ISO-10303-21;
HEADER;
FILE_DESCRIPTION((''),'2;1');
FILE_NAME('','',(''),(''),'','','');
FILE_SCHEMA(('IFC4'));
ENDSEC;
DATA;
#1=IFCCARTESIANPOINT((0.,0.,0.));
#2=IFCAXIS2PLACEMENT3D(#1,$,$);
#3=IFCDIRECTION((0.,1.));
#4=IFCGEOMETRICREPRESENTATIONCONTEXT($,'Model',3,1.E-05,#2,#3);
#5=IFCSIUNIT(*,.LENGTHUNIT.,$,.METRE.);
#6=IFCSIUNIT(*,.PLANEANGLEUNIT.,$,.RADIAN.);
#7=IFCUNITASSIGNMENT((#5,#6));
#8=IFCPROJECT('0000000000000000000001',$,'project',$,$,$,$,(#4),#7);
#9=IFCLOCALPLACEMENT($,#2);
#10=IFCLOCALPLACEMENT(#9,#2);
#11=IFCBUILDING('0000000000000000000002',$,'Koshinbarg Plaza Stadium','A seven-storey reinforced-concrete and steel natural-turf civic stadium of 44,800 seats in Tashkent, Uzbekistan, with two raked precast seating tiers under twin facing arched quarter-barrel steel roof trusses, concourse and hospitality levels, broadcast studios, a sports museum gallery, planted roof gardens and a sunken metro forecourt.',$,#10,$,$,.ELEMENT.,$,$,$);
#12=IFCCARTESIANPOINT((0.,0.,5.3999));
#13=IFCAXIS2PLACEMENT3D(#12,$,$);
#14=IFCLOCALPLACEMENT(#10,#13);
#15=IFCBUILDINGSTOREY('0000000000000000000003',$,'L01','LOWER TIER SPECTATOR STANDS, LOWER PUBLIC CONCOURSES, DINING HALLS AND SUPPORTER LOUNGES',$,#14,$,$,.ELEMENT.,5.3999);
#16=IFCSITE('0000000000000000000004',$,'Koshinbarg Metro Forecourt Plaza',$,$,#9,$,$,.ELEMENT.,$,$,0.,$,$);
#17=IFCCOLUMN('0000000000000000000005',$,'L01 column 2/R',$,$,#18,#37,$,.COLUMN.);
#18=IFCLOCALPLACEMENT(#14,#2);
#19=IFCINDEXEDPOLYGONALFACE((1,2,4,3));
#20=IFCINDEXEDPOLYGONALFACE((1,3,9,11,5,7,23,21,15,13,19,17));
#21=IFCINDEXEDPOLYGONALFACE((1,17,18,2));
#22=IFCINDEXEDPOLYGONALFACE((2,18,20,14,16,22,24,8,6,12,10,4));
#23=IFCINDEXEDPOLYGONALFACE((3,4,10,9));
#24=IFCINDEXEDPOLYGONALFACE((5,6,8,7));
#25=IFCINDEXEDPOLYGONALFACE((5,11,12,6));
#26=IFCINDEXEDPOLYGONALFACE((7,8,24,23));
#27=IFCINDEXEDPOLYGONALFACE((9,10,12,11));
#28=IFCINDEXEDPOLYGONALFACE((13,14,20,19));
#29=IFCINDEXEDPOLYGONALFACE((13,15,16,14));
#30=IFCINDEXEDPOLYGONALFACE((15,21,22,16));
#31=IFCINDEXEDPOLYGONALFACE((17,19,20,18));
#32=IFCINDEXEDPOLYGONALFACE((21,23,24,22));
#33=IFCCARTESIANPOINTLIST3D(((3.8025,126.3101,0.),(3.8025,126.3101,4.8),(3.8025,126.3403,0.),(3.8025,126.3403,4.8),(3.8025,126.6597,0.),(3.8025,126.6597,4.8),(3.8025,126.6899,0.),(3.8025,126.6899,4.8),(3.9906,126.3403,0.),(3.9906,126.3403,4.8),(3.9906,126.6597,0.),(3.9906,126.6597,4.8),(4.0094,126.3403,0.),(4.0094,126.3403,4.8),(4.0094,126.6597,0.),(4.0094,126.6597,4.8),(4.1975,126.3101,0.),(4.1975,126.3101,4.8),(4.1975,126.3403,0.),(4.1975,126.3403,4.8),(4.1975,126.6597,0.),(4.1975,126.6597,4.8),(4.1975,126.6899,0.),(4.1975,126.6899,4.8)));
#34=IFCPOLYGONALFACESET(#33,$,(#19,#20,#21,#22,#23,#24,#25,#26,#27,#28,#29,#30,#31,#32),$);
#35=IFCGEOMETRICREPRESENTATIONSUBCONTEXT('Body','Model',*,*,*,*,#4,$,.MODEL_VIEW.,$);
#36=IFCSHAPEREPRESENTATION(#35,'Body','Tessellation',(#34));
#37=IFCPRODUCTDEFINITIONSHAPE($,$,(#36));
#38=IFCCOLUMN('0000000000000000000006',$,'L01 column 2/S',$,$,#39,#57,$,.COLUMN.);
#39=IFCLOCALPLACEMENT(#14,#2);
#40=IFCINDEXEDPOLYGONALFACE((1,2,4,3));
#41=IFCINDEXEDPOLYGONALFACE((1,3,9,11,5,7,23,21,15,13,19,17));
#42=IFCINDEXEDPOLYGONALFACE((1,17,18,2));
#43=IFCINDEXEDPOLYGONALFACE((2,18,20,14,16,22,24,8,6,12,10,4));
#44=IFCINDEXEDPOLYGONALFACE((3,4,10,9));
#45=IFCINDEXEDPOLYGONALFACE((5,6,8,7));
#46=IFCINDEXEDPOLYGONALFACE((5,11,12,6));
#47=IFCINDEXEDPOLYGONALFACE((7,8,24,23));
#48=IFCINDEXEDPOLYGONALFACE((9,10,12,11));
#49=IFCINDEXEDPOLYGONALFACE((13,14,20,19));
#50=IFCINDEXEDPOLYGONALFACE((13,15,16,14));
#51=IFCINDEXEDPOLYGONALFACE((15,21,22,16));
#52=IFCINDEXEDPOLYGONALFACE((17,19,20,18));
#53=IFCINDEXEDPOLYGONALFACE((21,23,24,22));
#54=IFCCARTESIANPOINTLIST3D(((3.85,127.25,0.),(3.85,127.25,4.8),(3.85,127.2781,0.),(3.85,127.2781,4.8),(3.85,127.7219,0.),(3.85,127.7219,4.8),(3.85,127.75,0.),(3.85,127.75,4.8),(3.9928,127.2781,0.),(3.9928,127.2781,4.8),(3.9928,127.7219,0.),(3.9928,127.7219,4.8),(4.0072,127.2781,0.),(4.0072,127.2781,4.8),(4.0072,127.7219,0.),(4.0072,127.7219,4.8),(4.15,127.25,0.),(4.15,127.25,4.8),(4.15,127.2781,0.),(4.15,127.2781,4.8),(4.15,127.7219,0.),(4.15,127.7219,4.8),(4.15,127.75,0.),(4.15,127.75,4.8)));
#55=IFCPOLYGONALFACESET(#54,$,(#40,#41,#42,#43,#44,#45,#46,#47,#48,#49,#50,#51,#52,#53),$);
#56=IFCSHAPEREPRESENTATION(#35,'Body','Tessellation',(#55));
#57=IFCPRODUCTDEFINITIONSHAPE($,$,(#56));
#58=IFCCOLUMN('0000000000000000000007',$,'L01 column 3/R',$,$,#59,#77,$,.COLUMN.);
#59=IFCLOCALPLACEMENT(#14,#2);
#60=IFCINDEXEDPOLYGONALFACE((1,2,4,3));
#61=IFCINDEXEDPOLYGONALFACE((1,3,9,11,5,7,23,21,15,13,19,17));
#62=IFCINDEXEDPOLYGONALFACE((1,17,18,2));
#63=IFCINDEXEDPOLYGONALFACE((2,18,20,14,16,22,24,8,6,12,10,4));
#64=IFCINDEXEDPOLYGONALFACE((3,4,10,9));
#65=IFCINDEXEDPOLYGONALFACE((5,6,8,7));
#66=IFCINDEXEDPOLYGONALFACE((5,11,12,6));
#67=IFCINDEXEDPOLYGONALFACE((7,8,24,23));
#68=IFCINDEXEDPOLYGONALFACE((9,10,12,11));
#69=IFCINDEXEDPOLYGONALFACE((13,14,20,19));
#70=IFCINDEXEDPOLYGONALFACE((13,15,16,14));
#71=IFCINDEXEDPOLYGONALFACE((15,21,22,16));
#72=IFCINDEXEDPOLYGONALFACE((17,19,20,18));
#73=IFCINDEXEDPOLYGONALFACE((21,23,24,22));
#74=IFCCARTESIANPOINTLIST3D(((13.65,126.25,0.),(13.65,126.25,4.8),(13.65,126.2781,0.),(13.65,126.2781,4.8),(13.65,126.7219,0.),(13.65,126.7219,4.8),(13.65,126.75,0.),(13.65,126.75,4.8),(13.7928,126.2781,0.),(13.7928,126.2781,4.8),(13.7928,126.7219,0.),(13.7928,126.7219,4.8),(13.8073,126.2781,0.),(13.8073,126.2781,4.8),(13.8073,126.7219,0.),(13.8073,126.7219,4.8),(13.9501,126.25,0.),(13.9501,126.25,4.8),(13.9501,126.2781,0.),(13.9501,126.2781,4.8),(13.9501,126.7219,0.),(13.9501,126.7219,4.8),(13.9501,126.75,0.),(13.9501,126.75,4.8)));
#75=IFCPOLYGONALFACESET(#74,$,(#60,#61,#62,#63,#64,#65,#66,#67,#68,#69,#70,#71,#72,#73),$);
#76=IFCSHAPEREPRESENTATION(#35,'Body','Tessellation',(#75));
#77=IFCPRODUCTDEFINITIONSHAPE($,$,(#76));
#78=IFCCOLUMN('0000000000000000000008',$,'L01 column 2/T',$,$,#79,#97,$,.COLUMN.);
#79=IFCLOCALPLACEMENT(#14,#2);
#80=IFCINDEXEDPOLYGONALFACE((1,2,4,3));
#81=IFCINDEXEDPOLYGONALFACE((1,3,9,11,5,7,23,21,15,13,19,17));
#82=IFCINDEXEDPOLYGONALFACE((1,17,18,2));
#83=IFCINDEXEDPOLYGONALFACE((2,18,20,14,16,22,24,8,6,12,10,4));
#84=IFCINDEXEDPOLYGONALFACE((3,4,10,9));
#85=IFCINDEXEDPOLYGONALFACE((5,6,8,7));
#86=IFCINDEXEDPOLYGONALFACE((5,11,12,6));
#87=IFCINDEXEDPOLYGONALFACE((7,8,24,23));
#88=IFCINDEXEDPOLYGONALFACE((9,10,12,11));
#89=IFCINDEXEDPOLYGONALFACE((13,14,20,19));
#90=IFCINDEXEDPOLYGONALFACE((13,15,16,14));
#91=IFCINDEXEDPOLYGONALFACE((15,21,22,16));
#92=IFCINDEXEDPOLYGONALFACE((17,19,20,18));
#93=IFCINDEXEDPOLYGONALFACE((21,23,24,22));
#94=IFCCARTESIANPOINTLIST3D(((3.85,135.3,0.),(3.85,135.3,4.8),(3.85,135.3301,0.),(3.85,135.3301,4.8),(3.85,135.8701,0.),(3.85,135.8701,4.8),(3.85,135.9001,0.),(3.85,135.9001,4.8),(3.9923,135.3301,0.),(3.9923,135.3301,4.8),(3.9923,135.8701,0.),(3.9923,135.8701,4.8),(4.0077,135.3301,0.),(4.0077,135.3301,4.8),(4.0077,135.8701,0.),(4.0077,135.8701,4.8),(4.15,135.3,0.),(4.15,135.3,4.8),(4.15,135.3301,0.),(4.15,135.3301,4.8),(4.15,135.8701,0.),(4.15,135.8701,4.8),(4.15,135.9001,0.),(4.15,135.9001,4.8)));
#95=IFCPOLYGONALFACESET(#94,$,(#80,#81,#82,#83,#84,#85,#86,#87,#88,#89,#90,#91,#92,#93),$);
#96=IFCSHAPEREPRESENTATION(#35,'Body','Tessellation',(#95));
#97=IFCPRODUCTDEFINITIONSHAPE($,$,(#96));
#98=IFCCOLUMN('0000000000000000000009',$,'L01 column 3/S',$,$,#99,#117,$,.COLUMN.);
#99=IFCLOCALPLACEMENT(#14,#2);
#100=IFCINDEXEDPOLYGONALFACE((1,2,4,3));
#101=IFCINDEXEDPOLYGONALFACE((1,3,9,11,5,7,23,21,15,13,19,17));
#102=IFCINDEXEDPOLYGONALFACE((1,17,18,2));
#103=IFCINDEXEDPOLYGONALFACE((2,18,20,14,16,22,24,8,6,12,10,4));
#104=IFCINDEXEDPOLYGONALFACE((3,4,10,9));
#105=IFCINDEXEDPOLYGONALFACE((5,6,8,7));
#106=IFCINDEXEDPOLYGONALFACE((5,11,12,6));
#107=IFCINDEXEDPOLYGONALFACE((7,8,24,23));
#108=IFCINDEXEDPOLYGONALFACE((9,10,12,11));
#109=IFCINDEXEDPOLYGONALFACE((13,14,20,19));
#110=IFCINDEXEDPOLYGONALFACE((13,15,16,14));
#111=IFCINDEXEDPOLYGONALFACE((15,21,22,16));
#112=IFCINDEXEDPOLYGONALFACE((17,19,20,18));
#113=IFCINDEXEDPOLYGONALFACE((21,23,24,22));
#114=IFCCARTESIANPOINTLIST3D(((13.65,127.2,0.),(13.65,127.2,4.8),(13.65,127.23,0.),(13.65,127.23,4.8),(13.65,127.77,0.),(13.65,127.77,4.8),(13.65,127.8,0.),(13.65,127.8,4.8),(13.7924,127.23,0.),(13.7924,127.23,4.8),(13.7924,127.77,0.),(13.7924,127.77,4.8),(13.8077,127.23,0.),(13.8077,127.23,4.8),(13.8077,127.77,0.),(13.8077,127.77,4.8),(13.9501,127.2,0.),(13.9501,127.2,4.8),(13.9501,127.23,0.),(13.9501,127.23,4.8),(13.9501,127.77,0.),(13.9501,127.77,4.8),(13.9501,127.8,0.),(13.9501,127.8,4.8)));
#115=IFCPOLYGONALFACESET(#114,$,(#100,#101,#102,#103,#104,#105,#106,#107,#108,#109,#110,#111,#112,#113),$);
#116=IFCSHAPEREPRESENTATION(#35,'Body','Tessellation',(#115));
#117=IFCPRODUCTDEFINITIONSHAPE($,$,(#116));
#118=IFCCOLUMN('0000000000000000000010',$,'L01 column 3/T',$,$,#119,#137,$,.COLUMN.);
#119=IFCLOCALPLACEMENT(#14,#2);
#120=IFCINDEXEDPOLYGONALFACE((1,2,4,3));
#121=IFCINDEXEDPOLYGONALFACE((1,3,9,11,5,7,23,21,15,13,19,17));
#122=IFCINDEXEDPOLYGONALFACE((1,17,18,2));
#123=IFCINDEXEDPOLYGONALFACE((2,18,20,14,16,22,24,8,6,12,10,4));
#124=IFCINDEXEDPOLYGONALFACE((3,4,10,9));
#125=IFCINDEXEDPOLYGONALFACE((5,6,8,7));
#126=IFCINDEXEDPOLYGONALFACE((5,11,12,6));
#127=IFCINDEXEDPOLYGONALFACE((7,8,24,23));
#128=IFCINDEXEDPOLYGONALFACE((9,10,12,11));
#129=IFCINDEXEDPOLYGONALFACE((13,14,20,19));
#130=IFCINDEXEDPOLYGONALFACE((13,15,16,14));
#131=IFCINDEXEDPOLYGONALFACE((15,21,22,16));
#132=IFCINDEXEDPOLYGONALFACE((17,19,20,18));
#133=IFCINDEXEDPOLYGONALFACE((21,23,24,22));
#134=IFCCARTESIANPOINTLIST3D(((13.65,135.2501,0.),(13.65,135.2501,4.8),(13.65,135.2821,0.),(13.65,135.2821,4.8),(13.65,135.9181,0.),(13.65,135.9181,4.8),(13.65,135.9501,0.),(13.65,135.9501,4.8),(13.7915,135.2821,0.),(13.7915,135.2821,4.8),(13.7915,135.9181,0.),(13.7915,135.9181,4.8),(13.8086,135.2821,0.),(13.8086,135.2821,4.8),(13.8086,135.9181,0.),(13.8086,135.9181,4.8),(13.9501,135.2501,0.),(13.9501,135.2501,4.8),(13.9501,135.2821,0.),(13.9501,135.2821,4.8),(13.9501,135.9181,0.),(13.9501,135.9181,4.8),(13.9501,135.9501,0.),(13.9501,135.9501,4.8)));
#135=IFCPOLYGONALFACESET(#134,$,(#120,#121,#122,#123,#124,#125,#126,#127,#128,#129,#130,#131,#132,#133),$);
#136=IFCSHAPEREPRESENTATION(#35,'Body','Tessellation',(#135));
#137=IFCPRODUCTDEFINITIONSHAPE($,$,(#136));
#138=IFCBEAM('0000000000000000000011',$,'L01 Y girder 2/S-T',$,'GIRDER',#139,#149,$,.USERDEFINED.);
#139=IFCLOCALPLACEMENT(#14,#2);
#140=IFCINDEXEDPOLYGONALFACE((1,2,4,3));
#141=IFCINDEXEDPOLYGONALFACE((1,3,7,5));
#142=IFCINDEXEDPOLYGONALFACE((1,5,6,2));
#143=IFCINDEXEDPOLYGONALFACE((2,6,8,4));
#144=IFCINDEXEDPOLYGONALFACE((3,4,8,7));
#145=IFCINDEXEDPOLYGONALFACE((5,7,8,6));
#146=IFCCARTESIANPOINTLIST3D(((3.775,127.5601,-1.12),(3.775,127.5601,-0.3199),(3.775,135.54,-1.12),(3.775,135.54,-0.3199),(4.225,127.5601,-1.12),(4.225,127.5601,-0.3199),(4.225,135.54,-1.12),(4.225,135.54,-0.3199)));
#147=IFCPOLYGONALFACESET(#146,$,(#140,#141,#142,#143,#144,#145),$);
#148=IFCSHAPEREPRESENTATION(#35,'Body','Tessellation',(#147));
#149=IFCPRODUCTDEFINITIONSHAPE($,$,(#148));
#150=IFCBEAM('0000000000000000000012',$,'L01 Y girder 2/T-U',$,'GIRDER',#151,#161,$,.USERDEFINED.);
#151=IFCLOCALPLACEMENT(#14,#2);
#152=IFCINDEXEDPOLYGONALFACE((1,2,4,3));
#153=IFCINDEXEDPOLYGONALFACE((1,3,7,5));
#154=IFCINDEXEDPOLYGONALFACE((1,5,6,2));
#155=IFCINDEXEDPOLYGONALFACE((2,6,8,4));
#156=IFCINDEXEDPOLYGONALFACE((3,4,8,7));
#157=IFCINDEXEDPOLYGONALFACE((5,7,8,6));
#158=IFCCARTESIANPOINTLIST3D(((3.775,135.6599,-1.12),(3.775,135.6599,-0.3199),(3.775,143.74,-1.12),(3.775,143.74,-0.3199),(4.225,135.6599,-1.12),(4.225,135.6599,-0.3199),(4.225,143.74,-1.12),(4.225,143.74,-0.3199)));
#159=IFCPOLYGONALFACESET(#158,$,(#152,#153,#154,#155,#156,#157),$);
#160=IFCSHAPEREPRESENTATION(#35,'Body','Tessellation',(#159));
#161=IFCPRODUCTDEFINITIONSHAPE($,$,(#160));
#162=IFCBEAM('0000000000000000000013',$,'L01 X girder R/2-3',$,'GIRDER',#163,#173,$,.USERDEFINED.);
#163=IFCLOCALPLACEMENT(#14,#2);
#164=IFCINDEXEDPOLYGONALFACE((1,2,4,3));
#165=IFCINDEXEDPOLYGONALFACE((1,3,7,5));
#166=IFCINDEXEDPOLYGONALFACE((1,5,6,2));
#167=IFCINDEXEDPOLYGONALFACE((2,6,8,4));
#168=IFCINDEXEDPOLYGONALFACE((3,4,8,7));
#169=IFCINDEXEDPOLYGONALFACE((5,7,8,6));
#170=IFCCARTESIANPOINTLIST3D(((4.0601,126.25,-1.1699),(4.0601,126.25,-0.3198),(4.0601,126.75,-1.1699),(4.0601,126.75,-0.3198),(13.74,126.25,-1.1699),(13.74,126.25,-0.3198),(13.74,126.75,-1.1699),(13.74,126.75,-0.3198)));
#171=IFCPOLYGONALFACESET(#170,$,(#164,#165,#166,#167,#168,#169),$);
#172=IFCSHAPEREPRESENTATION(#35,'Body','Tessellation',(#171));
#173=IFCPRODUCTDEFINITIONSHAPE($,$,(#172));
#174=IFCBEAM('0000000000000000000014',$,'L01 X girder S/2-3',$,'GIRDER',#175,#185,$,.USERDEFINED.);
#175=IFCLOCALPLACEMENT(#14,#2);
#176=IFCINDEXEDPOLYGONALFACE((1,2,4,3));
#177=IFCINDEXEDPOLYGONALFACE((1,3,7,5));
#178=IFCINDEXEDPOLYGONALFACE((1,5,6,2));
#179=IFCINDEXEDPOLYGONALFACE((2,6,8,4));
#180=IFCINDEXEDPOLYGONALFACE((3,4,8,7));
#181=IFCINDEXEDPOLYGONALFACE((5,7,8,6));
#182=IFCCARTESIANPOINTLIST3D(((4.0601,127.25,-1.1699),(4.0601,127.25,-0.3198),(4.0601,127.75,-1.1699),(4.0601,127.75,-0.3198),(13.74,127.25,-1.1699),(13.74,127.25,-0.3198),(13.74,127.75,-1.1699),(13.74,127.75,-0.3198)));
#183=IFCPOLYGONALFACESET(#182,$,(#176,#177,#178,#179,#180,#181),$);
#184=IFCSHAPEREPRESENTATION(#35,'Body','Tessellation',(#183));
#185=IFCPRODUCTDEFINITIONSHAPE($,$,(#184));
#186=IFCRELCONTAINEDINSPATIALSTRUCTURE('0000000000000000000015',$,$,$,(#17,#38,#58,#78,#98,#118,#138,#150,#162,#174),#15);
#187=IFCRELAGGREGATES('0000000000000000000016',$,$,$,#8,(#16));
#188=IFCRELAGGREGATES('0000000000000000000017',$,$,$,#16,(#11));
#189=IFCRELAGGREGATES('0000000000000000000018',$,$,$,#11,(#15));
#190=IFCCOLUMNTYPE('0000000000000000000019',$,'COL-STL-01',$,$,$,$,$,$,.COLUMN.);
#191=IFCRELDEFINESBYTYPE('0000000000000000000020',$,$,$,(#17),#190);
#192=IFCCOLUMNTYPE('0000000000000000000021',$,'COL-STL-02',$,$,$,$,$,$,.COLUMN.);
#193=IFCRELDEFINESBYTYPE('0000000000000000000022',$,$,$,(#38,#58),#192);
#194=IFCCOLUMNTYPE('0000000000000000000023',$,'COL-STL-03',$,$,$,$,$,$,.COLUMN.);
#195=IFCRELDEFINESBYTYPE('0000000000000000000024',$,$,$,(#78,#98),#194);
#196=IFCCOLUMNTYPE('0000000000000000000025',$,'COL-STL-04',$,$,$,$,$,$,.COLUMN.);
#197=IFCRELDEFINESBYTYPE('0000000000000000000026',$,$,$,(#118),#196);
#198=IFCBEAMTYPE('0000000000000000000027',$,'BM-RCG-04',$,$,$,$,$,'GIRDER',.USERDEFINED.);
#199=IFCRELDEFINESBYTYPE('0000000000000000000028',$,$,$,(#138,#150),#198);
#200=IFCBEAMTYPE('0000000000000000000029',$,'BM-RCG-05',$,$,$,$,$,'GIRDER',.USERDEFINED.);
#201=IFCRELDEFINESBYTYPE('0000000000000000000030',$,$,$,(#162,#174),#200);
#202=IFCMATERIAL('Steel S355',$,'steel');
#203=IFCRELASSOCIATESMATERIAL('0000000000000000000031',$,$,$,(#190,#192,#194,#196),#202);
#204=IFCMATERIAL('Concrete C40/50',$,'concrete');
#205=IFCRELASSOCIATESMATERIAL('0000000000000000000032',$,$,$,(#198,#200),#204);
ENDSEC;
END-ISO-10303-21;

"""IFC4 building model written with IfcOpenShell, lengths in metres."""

from ifc_helpers import new_model, si_unit, direction, frame, origin, origin_2d, place, context, subcontext, project, spatial, rectangle, i_section, extrude, material, material_profile, profile_set, type_object, element, save


model = new_model("IFC4")

# Units and contexts
model_context = context("Model", 3, precision=1e-05, world=origin(), true_north=direction((0.0, 1.0)))
body_context = subcontext(model_context, "Body", "Model", "MODEL_VIEW")
ifc_project = project(units=[si_unit("LENGTHUNIT", "METRE"), si_unit("PLANEANGLEUNIT", "RADIAN")], contexts=[model_context])

# Site, building, storey
site_placement = place(None, origin())
site = spatial("IfcSite", under=ifc_project, at=site_placement, Name="Koshinbarg Metro Forecourt Plaza", CompositionType="ELEMENT", RefElevation=0.0)
building_placement = place(site_placement, origin())
building = spatial("IfcBuilding", under=site, at=building_placement, Name="Koshinbarg Plaza Stadium", Description="A seven-storey reinforced-concrete and steel natural-turf civic stadium of 44,800 seats in Tashkent, Uzbekistan, with two raked precast seating tiers under twin facing arched quarter-barrel steel roof trusses, concourse and hospitality levels, broadcast studios, a sports museum gallery, planted roof gardens and a sunken metro forecourt.", CompositionType="ELEMENT")
storey_placement = place(building_placement, frame((0.0, 0.0, 5.3999)))
storey = spatial("IfcBuildingStorey", under=building, at=storey_placement, Name="L01", Description="LOWER TIER SPECTATOR STANDS, LOWER PUBLIC CONCOURSES, DINING HALLS AND SUPPORTER LOUNGES", CompositionType="ELEMENT", Elevation=5.3999)

# Columns
ifc_material_1 = material(Name="Steel S355", Category="steel")
ifc_material_profile_1 = material_profile(ifc_material_1, i_section(OverallWidth=0.395, OverallDepth=0.3799, WebThickness=0.0188, FlangeThickness=0.0303, at=origin_2d()), Name="HD 400x237")
ifc_profile_set_1 = profile_set([ifc_material_profile_1], Name="Steel S355")
column_type_1 = type_object("IfcColumnType", Name="COL-STL-01", PredefinedType="COLUMN", material=ifc_profile_set_1)
column_1_placement = place(storey_placement, frame((4.0, 126.5, 0.0), z_axis=(0.0, 0.0, 1.0), x_axis=(1.0, 0.0, 0.0)))
element("IfcColumn", 1, at=column_1_placement, inside=storey, type_object=column_type_1, Name="L01 column 2/R", PredefinedType="COLUMN", context=body_context, shape_type="SweptSolid", body=[
    extrude(i_section(OverallWidth=0.395, OverallDepth=0.3799, WebThickness=0.0188, FlangeThickness=0.0303, at=origin_2d()), origin(), (0.0, 0.0, 1.0), 4.8),
])
ifc_material_profile_2 = material_profile(ifc_material_1, i_section(OverallWidth=0.3, OverallDepth=0.5, WebThickness=0.0144, FlangeThickness=0.0281, at=origin_2d()), Name="HEB 500")
ifc_profile_set_2 = profile_set([ifc_material_profile_2], Name="Steel S355")
column_type_2 = type_object("IfcColumnType", Name="COL-STL-02", PredefinedType="COLUMN", material=ifc_profile_set_2)
for number, where, z_axis, x_axis, name in (
    (2, (4.0, 127.5, 0.0), (0.0, 0.0, 1.0), (1.0, 0.0, 0.0), "L01 column 2/S"),
    (3, (13.8, 126.5, 0.0), (0.0, 0.0, 1.0), (1.0, 0.0, 0.0), "L01 column 3/R"),
):
    element("IfcColumn", number, at=place(storey_placement, frame(where, z_axis=z_axis, x_axis=x_axis)), inside=storey, type_object=column_type_2, Name=name, PredefinedType="COLUMN", context=body_context, shape_type="SweptSolid", body=[
        extrude(i_section(OverallWidth=0.3, OverallDepth=0.5, WebThickness=0.0144, FlangeThickness=0.0281, at=origin_2d()), origin(), (0.0, 0.0, 1.0), 4.8),
    ])
ifc_material_profile_3 = material_profile(ifc_material_1, i_section(OverallWidth=0.3, OverallDepth=0.6001, WebThickness=0.0154, FlangeThickness=0.03, at=origin_2d()), Name="HEB 600")
ifc_profile_set_3 = profile_set([ifc_material_profile_3], Name="Steel S355")
column_type_3 = type_object("IfcColumnType", Name="COL-STL-03", PredefinedType="COLUMN", material=ifc_profile_set_3)
for number, where, z_axis, x_axis, name in (
    (4, (4.0, 135.6001, 0.0), (0.0, 0.0, 1.0), (1.0, 0.0, 0.0), "L01 column 2/T"),
    (5, (13.8, 127.5, 0.0), (0.0, 0.0, 1.0), (1.0, 0.0, 0.0), "L01 column 3/S"),
):
    element("IfcColumn", number, at=place(storey_placement, frame(where, z_axis=z_axis, x_axis=x_axis)), inside=storey, type_object=column_type_3, Name=name, PredefinedType="COLUMN", context=body_context, shape_type="SweptSolid", body=[
        extrude(i_section(OverallWidth=0.3, OverallDepth=0.6001, WebThickness=0.0154, FlangeThickness=0.03, at=origin_2d()), origin(), (0.0, 0.0, 1.0), 4.8),
    ])
ifc_material_profile_4 = material_profile(ifc_material_1, i_section(OverallWidth=0.3, OverallDepth=0.7, WebThickness=0.0171, FlangeThickness=0.032, at=origin_2d()), Name="HEB 700")
ifc_profile_set_4 = profile_set([ifc_material_profile_4], Name="Steel S355")
column_type_4 = type_object("IfcColumnType", Name="COL-STL-04", PredefinedType="COLUMN", material=ifc_profile_set_4)
column_2_placement = place(storey_placement, frame((13.8, 135.6001, 0.0), z_axis=(0.0, 0.0, 1.0), x_axis=(1.0, 0.0, 0.0)))
element("IfcColumn", 6, at=column_2_placement, inside=storey, type_object=column_type_4, Name="L01 column 3/T", PredefinedType="COLUMN", context=body_context, shape_type="SweptSolid", body=[
    extrude(i_section(OverallWidth=0.3, OverallDepth=0.7, WebThickness=0.0171, FlangeThickness=0.032, at=origin_2d()), origin(), (0.0, 0.0, 1.0), 4.8),
])

# Beams
ifc_material_2 = material(Name="Concrete C40/50", Category="concrete")
ifc_material_profile_5 = material_profile(ifc_material_2, rectangle(XDim=0.45, YDim=0.8, at=origin_2d()), Name="RC 450x800")
ifc_profile_set_5 = profile_set([ifc_material_profile_5], Name="Concrete C40/50")
beam_type_1 = type_object("IfcBeamType", Name="BM-RCG-04", ElementType="GIRDER", PredefinedType="USERDEFINED", material=ifc_profile_set_5)
beam_1_placement = place(storey_placement, frame((4.0, 127.5601, -0.72), z_axis=(0.0, 1.0, 0.0), x_axis=(-1.0, 0.0, 0.0)))
element("IfcBeam", 7, at=beam_1_placement, inside=storey, type_object=beam_type_1, Name="L01 Y girder 2/S-T", ObjectType="GIRDER", PredefinedType="USERDEFINED", context=body_context, shape_type="SweptSolid", body=[
    extrude(rectangle(XDim=0.45, YDim=0.8, at=origin_2d()), origin(), (0.0, 0.0, 1.0), 7.98),
])
beam_2_placement = place(storey_placement, frame((4.0, 135.6599, -0.72), z_axis=(0.0, 1.0, 0.0), x_axis=(-1.0, 0.0, 0.0)))
element("IfcBeam", 8, at=beam_2_placement, inside=storey, type_object=beam_type_1, Name="L01 Y girder 2/T-U", ObjectType="GIRDER", PredefinedType="USERDEFINED", context=body_context, shape_type="SweptSolid", body=[
    extrude(rectangle(XDim=0.45, YDim=0.8, at=origin_2d()), origin(), (0.0, 0.0, 1.0), 8.0801),
])
ifc_material_profile_6 = material_profile(ifc_material_2, rectangle(XDim=0.5, YDim=0.8501, at=origin_2d()), Name="RC 500x850")
ifc_profile_set_6 = profile_set([ifc_material_profile_6], Name="Concrete C40/50")
beam_type_2 = type_object("IfcBeamType", Name="BM-RCG-05", ElementType="GIRDER", PredefinedType="USERDEFINED", material=ifc_profile_set_6)
for number, where, z_axis, x_axis, name in (
    (9, (4.0601, 126.5, -0.7449), (1.0, 0.0, 0.0), (0.0, 1.0, 0.0), "L01 X girder R/2-3"),
    (10, (4.0601, 127.5, -0.7449), (1.0, 0.0, 0.0), (0.0, 1.0, 0.0), "L01 X girder S/2-3"),
):
    element("IfcBeam", number, at=place(storey_placement, frame(where, z_axis=z_axis, x_axis=x_axis)), inside=storey, type_object=beam_type_2, Name=name, ObjectType="GIRDER", PredefinedType="USERDEFINED", context=body_context, shape_type="SweptSolid", body=[
        extrude(rectangle(XDim=0.5, YDim=0.8501, at=origin_2d()), origin(), (0.0, 0.0, 1.0), 9.6799),
    ])

save(model, "model.ifc")
